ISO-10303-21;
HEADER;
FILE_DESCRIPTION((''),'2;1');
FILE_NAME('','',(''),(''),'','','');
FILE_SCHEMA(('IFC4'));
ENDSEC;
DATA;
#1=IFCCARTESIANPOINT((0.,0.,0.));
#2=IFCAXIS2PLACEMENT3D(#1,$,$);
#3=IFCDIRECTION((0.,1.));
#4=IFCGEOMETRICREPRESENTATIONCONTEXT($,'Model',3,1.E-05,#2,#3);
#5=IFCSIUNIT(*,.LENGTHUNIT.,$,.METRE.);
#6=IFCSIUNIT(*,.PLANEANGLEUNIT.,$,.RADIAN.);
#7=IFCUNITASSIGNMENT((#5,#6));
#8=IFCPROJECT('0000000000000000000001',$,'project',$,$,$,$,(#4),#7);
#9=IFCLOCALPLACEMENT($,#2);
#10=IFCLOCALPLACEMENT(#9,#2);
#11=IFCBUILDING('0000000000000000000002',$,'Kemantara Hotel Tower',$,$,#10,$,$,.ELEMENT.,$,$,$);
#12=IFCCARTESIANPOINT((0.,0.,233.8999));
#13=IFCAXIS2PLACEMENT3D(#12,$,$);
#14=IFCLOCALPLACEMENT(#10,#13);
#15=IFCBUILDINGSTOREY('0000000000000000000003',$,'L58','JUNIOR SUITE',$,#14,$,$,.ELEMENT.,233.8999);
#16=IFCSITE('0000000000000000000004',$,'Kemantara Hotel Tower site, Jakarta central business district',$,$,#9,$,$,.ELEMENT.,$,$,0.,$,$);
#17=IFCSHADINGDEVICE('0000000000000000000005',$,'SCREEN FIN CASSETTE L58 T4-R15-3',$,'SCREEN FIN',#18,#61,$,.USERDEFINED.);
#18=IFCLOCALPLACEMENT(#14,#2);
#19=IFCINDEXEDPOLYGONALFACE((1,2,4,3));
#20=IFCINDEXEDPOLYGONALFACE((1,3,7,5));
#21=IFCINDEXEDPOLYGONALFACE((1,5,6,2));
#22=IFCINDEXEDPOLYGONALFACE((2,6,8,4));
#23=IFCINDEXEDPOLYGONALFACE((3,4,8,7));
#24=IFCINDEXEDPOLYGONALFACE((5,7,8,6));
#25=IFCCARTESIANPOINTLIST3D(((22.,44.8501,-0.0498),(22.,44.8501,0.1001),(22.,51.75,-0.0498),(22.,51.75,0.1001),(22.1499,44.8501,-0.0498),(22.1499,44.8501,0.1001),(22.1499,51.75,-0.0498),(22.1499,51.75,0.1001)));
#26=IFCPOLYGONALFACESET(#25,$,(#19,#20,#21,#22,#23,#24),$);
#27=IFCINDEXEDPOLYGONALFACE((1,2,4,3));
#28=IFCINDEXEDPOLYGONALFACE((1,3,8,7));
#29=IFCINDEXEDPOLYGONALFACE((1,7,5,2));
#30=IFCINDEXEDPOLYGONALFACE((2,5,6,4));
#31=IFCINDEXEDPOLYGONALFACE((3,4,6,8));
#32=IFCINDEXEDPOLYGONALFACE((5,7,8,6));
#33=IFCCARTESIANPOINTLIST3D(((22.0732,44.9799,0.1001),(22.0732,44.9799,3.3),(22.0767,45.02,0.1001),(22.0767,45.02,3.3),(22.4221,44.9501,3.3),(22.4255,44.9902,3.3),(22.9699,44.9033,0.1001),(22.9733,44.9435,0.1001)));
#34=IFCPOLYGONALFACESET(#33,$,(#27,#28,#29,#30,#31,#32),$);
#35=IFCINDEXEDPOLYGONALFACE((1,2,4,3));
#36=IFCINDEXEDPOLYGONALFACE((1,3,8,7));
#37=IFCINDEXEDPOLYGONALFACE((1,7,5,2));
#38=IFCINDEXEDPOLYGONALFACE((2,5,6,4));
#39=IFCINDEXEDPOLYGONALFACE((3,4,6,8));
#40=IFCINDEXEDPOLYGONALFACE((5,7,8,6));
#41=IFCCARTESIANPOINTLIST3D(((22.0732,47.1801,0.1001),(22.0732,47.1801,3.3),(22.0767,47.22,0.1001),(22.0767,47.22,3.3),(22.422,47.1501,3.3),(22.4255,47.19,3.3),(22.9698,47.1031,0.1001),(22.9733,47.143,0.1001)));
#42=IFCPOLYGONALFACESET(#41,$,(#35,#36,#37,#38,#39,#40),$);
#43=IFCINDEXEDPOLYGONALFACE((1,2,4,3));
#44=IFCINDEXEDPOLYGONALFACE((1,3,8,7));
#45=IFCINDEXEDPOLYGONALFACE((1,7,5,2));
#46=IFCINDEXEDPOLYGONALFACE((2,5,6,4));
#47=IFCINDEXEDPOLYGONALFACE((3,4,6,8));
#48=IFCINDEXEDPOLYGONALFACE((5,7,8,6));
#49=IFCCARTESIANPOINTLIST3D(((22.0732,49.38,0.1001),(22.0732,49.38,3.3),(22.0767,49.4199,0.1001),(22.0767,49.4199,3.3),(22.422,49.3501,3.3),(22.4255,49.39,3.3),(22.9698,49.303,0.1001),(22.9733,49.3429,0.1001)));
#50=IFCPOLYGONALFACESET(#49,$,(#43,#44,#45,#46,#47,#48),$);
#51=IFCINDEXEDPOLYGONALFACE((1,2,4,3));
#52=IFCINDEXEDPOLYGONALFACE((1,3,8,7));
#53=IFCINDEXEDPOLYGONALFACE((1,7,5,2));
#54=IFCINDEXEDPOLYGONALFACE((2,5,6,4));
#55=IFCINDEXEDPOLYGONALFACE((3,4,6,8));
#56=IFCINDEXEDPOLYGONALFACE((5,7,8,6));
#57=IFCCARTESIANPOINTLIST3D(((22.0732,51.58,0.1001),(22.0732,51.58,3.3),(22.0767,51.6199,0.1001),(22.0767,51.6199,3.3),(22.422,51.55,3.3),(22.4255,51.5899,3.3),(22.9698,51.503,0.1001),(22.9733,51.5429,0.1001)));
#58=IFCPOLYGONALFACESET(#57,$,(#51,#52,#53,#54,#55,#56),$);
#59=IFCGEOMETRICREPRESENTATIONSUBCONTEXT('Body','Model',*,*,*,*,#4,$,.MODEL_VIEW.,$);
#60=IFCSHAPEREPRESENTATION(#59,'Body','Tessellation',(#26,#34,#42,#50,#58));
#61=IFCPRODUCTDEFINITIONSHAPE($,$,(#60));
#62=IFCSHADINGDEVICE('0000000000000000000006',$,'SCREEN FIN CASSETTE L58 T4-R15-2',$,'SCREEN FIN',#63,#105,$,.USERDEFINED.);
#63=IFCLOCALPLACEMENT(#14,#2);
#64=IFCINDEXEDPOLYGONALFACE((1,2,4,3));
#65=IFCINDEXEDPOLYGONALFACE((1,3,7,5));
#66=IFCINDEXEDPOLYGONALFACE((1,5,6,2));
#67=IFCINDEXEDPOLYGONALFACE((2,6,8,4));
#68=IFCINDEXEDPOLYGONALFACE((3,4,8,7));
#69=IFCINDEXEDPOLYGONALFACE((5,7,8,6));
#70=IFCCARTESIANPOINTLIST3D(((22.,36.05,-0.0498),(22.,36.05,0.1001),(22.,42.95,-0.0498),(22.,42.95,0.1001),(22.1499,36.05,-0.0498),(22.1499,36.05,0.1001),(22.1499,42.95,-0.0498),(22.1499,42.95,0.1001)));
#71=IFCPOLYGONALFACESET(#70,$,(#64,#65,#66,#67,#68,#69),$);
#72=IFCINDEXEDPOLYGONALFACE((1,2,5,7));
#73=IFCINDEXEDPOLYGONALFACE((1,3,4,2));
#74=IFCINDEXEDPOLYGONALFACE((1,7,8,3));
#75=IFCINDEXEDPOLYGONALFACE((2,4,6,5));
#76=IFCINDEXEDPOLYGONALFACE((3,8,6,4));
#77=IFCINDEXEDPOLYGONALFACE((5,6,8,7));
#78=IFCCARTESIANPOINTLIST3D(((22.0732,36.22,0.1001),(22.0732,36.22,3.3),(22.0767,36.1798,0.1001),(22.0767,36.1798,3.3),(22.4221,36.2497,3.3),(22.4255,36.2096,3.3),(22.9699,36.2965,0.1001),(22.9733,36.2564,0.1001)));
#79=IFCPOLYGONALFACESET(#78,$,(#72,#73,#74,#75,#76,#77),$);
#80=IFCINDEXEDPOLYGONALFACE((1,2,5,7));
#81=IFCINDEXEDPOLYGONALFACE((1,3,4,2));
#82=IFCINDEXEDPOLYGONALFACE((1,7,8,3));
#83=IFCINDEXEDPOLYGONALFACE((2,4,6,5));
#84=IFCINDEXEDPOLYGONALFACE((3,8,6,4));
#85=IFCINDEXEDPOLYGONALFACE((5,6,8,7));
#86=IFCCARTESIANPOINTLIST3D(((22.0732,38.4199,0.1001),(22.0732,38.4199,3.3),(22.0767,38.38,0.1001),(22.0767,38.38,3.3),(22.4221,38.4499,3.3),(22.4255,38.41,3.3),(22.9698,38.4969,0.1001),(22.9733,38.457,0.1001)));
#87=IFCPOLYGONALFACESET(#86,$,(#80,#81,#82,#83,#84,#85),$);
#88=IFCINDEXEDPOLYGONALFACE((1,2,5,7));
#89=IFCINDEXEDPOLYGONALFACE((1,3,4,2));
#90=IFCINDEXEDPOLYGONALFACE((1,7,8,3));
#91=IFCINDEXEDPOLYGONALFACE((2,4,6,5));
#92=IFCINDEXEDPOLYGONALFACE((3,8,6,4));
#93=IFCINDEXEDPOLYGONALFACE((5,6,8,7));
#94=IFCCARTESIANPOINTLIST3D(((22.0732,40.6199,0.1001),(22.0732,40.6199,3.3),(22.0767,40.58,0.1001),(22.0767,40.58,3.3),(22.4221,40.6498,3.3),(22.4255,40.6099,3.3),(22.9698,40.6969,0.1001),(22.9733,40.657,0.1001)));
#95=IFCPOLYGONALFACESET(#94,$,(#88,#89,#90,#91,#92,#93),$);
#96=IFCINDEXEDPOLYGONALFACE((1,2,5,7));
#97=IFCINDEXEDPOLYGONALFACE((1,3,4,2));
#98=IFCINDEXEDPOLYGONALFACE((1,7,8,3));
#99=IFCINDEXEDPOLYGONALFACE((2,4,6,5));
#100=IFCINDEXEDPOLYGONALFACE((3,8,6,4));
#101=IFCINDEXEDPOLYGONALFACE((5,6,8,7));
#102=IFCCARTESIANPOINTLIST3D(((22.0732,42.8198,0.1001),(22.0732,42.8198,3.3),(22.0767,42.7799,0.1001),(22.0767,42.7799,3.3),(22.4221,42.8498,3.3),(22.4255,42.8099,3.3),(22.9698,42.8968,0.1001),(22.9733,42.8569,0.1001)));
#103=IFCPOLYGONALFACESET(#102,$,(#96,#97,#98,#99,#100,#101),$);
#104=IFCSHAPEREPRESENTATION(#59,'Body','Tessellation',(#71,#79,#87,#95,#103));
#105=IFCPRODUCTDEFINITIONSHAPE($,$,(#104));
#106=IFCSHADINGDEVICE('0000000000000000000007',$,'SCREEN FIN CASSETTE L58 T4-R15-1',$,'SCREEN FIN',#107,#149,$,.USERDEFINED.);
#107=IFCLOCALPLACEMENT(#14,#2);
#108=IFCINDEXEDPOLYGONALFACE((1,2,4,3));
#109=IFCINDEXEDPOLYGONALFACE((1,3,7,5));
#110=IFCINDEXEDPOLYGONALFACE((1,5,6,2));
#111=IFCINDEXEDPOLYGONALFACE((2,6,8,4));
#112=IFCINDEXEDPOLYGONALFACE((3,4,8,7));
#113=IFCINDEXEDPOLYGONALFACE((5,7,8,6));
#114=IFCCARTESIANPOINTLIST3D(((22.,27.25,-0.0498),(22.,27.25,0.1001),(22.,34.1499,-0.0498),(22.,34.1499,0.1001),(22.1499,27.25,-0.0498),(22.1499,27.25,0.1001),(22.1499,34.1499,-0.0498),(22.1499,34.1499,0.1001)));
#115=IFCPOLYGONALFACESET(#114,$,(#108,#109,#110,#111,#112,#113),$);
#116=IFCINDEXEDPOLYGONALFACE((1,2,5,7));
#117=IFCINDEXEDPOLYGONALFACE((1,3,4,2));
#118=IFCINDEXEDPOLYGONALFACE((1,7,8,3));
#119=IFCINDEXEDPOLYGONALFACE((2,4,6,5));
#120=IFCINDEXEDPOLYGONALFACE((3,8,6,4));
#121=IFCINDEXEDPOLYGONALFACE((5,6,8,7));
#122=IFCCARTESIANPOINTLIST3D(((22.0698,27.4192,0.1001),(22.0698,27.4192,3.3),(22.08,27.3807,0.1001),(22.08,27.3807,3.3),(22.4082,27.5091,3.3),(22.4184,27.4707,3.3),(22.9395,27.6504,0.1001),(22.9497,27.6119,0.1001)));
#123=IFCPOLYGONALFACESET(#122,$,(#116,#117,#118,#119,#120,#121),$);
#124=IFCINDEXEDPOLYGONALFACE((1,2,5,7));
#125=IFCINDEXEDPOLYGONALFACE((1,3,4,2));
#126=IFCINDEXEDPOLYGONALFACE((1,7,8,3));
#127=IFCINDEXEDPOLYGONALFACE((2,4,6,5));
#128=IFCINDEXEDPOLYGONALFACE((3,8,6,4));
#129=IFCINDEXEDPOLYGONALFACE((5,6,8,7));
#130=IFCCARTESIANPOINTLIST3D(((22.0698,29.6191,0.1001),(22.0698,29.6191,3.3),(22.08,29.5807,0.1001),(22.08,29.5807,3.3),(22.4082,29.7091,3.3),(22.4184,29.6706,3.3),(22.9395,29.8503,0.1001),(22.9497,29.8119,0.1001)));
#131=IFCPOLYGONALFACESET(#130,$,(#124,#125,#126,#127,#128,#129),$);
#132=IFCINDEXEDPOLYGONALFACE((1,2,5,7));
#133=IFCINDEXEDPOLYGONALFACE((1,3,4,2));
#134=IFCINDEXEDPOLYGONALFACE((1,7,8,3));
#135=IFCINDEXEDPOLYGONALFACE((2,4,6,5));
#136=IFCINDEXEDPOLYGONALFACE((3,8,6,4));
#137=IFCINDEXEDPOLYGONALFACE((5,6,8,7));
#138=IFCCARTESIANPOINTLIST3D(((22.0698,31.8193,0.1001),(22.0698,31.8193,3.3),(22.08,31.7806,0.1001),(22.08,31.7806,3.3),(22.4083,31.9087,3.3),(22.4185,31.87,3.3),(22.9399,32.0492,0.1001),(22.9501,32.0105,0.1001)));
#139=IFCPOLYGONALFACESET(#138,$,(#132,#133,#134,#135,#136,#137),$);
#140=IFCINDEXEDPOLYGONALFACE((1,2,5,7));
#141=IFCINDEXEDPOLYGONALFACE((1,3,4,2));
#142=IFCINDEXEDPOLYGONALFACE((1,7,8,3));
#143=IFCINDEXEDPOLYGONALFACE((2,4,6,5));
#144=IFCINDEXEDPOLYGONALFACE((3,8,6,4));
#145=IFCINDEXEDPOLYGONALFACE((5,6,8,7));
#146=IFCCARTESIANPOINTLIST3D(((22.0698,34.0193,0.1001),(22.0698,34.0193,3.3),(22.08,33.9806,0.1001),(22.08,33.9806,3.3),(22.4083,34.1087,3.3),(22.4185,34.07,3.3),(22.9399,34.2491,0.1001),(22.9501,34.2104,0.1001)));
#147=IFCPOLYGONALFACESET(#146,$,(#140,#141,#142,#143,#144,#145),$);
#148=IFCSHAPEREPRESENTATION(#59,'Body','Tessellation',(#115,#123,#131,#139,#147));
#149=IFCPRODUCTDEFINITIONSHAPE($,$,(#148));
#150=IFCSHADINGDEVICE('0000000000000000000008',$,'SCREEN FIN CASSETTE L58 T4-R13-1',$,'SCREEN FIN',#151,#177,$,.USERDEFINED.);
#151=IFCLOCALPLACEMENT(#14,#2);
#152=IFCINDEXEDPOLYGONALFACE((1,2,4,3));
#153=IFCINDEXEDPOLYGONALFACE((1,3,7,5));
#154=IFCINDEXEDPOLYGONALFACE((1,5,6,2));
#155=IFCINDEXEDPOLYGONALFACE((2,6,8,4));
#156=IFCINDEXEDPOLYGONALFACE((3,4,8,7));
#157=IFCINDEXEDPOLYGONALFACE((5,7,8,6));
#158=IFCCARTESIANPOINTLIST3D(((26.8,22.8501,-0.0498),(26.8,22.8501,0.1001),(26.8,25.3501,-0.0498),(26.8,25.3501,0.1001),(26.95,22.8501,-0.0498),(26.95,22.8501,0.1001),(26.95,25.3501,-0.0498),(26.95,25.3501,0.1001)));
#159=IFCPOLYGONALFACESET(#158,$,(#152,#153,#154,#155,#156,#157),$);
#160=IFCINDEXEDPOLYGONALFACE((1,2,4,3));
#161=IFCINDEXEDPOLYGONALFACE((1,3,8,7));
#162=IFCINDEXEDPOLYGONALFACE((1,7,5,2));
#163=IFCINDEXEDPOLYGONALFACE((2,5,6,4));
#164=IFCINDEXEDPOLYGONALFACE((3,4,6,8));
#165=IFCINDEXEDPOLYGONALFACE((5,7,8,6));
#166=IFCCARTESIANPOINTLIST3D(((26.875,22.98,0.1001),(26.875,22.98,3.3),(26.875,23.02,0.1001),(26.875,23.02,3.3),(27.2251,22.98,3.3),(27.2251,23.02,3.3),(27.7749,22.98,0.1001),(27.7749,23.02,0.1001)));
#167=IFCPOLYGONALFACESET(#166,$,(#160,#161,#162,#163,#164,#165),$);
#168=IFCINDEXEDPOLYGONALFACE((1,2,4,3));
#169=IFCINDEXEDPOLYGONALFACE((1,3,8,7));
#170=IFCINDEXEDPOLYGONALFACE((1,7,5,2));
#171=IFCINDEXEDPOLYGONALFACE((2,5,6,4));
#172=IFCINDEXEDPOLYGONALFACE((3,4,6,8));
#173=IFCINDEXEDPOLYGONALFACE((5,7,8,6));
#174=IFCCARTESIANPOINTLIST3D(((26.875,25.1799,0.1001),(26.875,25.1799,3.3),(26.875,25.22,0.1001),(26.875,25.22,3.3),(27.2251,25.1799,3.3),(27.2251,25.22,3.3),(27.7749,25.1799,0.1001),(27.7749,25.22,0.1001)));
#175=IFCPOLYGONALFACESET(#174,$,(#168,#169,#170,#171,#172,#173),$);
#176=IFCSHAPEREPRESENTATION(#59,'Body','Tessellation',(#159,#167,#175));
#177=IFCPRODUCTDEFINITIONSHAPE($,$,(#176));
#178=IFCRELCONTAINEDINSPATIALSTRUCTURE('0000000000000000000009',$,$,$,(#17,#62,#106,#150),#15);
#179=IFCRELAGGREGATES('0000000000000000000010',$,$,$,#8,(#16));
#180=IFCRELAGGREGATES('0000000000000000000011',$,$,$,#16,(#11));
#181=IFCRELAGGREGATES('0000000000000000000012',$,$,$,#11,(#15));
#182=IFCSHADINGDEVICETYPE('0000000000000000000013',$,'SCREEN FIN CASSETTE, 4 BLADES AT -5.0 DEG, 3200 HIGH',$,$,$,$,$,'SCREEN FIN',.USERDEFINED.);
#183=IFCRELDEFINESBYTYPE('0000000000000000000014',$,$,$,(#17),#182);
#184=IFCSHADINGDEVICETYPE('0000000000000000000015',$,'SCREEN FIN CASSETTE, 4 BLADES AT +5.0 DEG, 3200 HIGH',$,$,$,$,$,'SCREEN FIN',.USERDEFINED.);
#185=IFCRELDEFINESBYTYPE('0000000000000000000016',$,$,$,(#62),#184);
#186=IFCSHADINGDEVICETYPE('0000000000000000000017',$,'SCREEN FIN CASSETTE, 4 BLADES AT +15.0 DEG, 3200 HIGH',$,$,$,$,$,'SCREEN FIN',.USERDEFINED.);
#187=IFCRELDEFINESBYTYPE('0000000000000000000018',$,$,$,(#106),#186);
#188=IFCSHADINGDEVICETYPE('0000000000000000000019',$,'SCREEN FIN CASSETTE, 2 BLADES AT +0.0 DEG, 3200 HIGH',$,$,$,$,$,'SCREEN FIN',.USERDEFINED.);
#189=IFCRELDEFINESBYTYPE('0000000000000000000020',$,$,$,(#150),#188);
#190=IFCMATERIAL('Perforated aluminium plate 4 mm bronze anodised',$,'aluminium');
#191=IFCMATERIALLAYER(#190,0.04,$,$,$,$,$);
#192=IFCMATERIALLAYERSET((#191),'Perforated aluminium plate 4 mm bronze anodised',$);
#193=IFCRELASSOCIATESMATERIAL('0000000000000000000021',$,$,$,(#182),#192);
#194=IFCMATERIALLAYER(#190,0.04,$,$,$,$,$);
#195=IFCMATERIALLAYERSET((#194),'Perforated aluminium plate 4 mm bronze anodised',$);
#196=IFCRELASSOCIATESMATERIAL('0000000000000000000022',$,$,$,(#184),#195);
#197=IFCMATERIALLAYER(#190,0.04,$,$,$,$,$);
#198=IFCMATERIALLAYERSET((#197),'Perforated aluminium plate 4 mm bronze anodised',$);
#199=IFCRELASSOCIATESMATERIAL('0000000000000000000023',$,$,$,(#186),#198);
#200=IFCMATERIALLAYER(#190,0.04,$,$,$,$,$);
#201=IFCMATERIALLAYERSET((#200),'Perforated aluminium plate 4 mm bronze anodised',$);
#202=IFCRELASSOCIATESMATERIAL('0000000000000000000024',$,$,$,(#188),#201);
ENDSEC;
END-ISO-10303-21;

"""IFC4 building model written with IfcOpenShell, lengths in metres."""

from ifc_helpers import new_model, si_unit, direction, frame, origin, origin_2d, place, context, subcontext, project, spatial, polyline, rectangle, outline, extrude, source, transform, mapped, material, layer, layer_set, type_object, element, save


model = new_model("IFC4")

# Units and contexts
model_context = context("Model", 3, precision=1e-05, world=origin(), true_north=direction((0.0, 1.0)))
body_context = subcontext(model_context, "Body", "Model", "MODEL_VIEW")
ifc_project = project(units=[si_unit("LENGTHUNIT", "METRE"), si_unit("PLANEANGLEUNIT", "RADIAN")], contexts=[model_context])

# Site, building, storey
site_placement = place(None, origin())
site = spatial("IfcSite", under=ifc_project, at=site_placement, Name="Kemantara Hotel Tower site, Jakarta central business district", CompositionType="ELEMENT", RefElevation=0.0)
building_placement = place(site_placement, origin())
building = spatial("IfcBuilding", under=site, at=building_placement, Name="Kemantara Hotel Tower", CompositionType="ELEMENT")
storey_placement = place(building_placement, frame((0.0, 0.0, 233.8999)))
storey = spatial("IfcBuildingStorey", under=building, at=storey_placement, Name="L58", Description="JUNIOR SUITE", CompositionType="ELEMENT", Elevation=233.8999)

# Shading devices
ifc_material_1 = material(Name="Perforated aluminium plate 4 mm bronze anodised", Category="aluminium")
ifc_layer_1 = layer(ifc_material_1, 0.04)
ifc_layer_set_1 = layer_set([ifc_layer_1], Name="Perforated aluminium plate 4 mm bronze anodised")
shading_device_type_1 = type_object("IfcShadingDeviceType", Name="SCREEN FIN CASSETTE, 4 BLADES AT -5.0 DEG, 3200 HIGH", ElementType="SCREEN FIN", PredefinedType="USERDEFINED", material=ifc_layer_set_1)
shared_shape_1 = source(origin(), body_context, "Body", "SweptSolid", [
    extrude(rectangle(XDim=6.8999, YDim=0.1499, at=origin_2d()), frame((3.3, -0.075, -0.1499), z_axis=(0.0, 0.0, 1.0), x_axis=(1.0, 0.0, 0.0)), (0.0, 0.0, 1.0), 0.1499),
    extrude(outline(polyline([(0.0, 0.0), (0.8999, 0.0), (0.3501, 3.2), (0.0, 3.2), (0.0, 0.0)])), frame((0.02, -0.0767, 0.0), z_axis=(-0.996376, 0.085056, 0.0), x_axis=(-0.085056, -0.996376, 0.0)), (0.0, 0.0, 1.0), 0.0403),
    extrude(outline(polyline([(0.0, 0.0), (0.8999, 0.0), (0.3501, 3.2), (0.0, 3.2), (0.0, 0.0)])), frame((2.22, -0.0767, 0.0), z_axis=(-0.996332, 0.085575, 0.0), x_axis=(-0.085575, -0.996332, 0.0)), (0.0, 0.0, 1.0), 0.04),
    extrude(outline(polyline([(0.0, 0.0), (0.8999, 0.0), (0.3501, 3.2), (0.0, 3.2), (0.0, 0.0)])), frame((4.4199, -0.0767, 0.0), z_axis=(-0.996332, 0.085575, 0.0), x_axis=(-0.085575, -0.996332, 0.0)), (0.0, 0.0, 1.0), 0.04),
    extrude(outline(polyline([(0.0, 0.0), (0.8999, 0.0), (0.3501, 3.2), (0.0, 3.2), (0.0, 0.0)])), frame((6.6199, -0.0767, 0.0), z_axis=(-0.996332, 0.085575, 0.0), x_axis=(-0.085575, -0.996332, 0.0)), (0.0, 0.0, 1.0), 0.04),
])
shading_device_1_placement = place(storey_placement, frame((22.0, 45.0, 0.1001), z_axis=(0.0, 0.0, 1.0), x_axis=(0.0, 1.0, 0.0)))
element("IfcShadingDevice", 1, at=shading_device_1_placement, inside=storey, type_object=shading_device_type_1, Name="SCREEN FIN CASSETTE L58 T4-R15-3", ObjectType="SCREEN FIN", PredefinedType="USERDEFINED", context=body_context, shape_type="MappedRepresentation", body=[
    mapped(shared_shape_1, transform((0.0, 0.0, 0.0))),
])
ifc_layer_2 = layer(ifc_material_1, 0.04)
ifc_layer_set_2 = layer_set([ifc_layer_2], Name="Perforated aluminium plate 4 mm bronze anodised")
shading_device_type_2 = type_object("IfcShadingDeviceType", Name="SCREEN FIN CASSETTE, 4 BLADES AT +5.0 DEG, 3200 HIGH", ElementType="SCREEN FIN", PredefinedType="USERDEFINED", material=ifc_layer_set_2)
shared_shape_2 = source(origin(), body_context, "Body", "SweptSolid", [
    extrude(rectangle(XDim=6.8999, YDim=0.1499, at=origin_2d()), frame((3.3, -0.075, -0.1499), z_axis=(0.0, 0.0, 1.0), x_axis=(1.0, 0.0, 0.0)), (0.0, 0.0, 1.0), 0.1499),
    extrude(outline(polyline([(0.0, 0.0), (0.8999, 0.0), (0.3501, 3.2), (0.0, 3.2), (0.0, 0.0)])), frame((0.02, -0.0732, 0.0), z_axis=(-0.996376, -0.085056, 0.0), x_axis=(0.085056, -0.996376, 0.0)), (0.0, 0.0, 1.0), 0.0403),
    extrude(outline(polyline([(0.0, 0.0), (0.8999, 0.0), (0.3501, 3.2), (0.0, 3.2), (0.0, 0.0)])), frame((2.22, -0.0732, 0.0), z_axis=(-0.996332, -0.085575, 0.0), x_axis=(0.085575, -0.996332, 0.0)), (0.0, 0.0, 1.0), 0.04),
    extrude(outline(polyline([(0.0, 0.0), (0.8999, 0.0), (0.3501, 3.2), (0.0, 3.2), (0.0, 0.0)])), frame((4.4199, -0.0732, 0.0), z_axis=(-0.996332, -0.085575, 0.0), x_axis=(0.085575, -0.996332, 0.0)), (0.0, 0.0, 1.0), 0.04),
    extrude(outline(polyline([(0.0, 0.0), (0.8999, 0.0), (0.3501, 3.2), (0.0, 3.2), (0.0, 0.0)])), frame((6.6199, -0.0732, 0.0), z_axis=(-0.996332, -0.085575, 0.0), x_axis=(0.085575, -0.996332, 0.0)), (0.0, 0.0, 1.0), 0.04),
])
shading_device_2_placement = place(storey_placement, frame((22.0, 36.2, 0.1001), z_axis=(0.0, 0.0, 1.0), x_axis=(0.0, 1.0, 0.0)))
element("IfcShadingDevice", 2, at=shading_device_2_placement, inside=storey, type_object=shading_device_type_2, Name="SCREEN FIN CASSETTE L58 T4-R15-2", ObjectType="SCREEN FIN", PredefinedType="USERDEFINED", context=body_context, shape_type="MappedRepresentation", body=[
    mapped(shared_shape_2, transform((0.0, 0.0, 0.0))),
])
ifc_layer_3 = layer(ifc_material_1, 0.04)
ifc_layer_set_3 = layer_set([ifc_layer_3], Name="Perforated aluminium plate 4 mm bronze anodised")
shading_device_type_3 = type_object("IfcShadingDeviceType", Name="SCREEN FIN CASSETTE, 4 BLADES AT +15.0 DEG, 3200 HIGH", ElementType="SCREEN FIN", PredefinedType="USERDEFINED", material=ifc_layer_set_3)
shared_shape_3 = source(origin(), body_context, "Body", "SweptSolid", [
    extrude(rectangle(XDim=6.8999, YDim=0.1499, at=origin_2d()), frame((3.3, -0.075, -0.1499), z_axis=(0.0, 0.0, 1.0), x_axis=(1.0, 0.0, 0.0)), (0.0, 0.0, 1.0), 0.1499),
    extrude(outline(polyline([(0.0, 0.0), (0.8999, 0.0), (0.3501, 3.2), (0.0, 3.2), (0.0, 0.0)])), frame((0.0193, -0.0698, 0.0), z_axis=(-0.966438, -0.256901, 0.0), x_axis=(0.256901, -0.966438, 0.0)), (0.0, 0.0, 1.0), 0.0398),
    extrude(outline(polyline([(0.0, 0.0), (0.8999, 0.0), (0.3501, 3.2), (0.0, 3.2), (0.0, 0.0)])), frame((2.2192, -0.0698, 0.0), z_axis=(-0.966438, -0.256901, 0.0), x_axis=(0.256901, -0.966438, 0.0)), (0.0, 0.0, 1.0), 0.0398),
    extrude(outline(polyline([(0.0, 0.0), (0.8999, 0.0), (0.3501, 3.2), (0.0, 3.2), (0.0, 0.0)])), frame((4.4194, -0.0698, 0.0), z_axis=(-0.966838, -0.255391, 0.0), x_axis=(0.255391, -0.966838, 0.0)), (0.0, 0.0, 1.0), 0.04),
    extrude(outline(polyline([(0.0, 0.0), (0.8999, 0.0), (0.3501, 3.2), (0.0, 3.2), (0.0, 0.0)])), frame((6.6194, -0.0698, 0.0), z_axis=(-0.966838, -0.255391, 0.0), x_axis=(0.255391, -0.966838, 0.0)), (0.0, 0.0, 1.0), 0.04),
])
shading_device_3_placement = place(storey_placement, frame((22.0, 27.3999, 0.1001), z_axis=(0.0, 0.0, 1.0), x_axis=(0.0, 1.0, 0.0)))
element("IfcShadingDevice", 3, at=shading_device_3_placement, inside=storey, type_object=shading_device_type_3, Name="SCREEN FIN CASSETTE L58 T4-R15-1", ObjectType="SCREEN FIN", PredefinedType="USERDEFINED", context=body_context, shape_type="MappedRepresentation", body=[
    mapped(shared_shape_3, transform((0.0, 0.0, 0.0))),
])
ifc_layer_4 = layer(ifc_material_1, 0.04)
ifc_layer_set_4 = layer_set([ifc_layer_4], Name="Perforated aluminium plate 4 mm bronze anodised")
shading_device_type_4 = type_object("IfcShadingDeviceType", Name="SCREEN FIN CASSETTE, 2 BLADES AT +0.0 DEG, 3200 HIGH", ElementType="SCREEN FIN", PredefinedType="USERDEFINED", material=ifc_layer_set_4)
shared_shape_4 = source(origin(), body_context, "Body", "SweptSolid", [
    extrude(rectangle(XDim=2.5, YDim=0.1499, at=origin_2d()), frame((1.1001, -0.075, -0.1499), z_axis=(0.0, 0.0, 1.0), x_axis=(1.0, 0.0, 0.0)), (0.0, 0.0, 1.0), 0.1499),
    extrude(outline(polyline([(0.0, 0.0), (0.8999, 0.0), (0.3501, 3.2), (0.0, 3.2), (0.0, 0.0)])), frame((0.02, -0.075, 0.0), z_axis=(-1.0, 0.0, 0.0), x_axis=(0.0, -1.0, 0.0)), (0.0, 0.0, 1.0), 0.04),
    extrude(outline(polyline([(0.0, 0.0), (0.8999, 0.0), (0.3501, 3.2), (0.0, 3.2), (0.0, 0.0)])), frame((2.22, -0.075, 0.0), z_axis=(-1.0, 0.0, 0.0), x_axis=(0.0, -1.0, 0.0)), (0.0, 0.0, 1.0), 0.04),
])
for number, where, z_axis, x_axis, name in (
    (4, (26.8, 23.0, 0.1001), (0.0, 0.0, 1.0), (0.0, 1.0, 0.0), "SCREEN FIN CASSETTE L58 T4-R13-1"),
):
    element("IfcShadingDevice", number, at=place(storey_placement, frame(where, z_axis=z_axis, x_axis=x_axis)), inside=storey, type_object=shading_device_type_4, Name=name, ObjectType="SCREEN FIN", PredefinedType="USERDEFINED", context=body_context, shape_type="MappedRepresentation", body=[
        mapped(shared_shape_4, transform((0.0, 0.0, 0.0))),
    ])

save(model, "model.ifc")
